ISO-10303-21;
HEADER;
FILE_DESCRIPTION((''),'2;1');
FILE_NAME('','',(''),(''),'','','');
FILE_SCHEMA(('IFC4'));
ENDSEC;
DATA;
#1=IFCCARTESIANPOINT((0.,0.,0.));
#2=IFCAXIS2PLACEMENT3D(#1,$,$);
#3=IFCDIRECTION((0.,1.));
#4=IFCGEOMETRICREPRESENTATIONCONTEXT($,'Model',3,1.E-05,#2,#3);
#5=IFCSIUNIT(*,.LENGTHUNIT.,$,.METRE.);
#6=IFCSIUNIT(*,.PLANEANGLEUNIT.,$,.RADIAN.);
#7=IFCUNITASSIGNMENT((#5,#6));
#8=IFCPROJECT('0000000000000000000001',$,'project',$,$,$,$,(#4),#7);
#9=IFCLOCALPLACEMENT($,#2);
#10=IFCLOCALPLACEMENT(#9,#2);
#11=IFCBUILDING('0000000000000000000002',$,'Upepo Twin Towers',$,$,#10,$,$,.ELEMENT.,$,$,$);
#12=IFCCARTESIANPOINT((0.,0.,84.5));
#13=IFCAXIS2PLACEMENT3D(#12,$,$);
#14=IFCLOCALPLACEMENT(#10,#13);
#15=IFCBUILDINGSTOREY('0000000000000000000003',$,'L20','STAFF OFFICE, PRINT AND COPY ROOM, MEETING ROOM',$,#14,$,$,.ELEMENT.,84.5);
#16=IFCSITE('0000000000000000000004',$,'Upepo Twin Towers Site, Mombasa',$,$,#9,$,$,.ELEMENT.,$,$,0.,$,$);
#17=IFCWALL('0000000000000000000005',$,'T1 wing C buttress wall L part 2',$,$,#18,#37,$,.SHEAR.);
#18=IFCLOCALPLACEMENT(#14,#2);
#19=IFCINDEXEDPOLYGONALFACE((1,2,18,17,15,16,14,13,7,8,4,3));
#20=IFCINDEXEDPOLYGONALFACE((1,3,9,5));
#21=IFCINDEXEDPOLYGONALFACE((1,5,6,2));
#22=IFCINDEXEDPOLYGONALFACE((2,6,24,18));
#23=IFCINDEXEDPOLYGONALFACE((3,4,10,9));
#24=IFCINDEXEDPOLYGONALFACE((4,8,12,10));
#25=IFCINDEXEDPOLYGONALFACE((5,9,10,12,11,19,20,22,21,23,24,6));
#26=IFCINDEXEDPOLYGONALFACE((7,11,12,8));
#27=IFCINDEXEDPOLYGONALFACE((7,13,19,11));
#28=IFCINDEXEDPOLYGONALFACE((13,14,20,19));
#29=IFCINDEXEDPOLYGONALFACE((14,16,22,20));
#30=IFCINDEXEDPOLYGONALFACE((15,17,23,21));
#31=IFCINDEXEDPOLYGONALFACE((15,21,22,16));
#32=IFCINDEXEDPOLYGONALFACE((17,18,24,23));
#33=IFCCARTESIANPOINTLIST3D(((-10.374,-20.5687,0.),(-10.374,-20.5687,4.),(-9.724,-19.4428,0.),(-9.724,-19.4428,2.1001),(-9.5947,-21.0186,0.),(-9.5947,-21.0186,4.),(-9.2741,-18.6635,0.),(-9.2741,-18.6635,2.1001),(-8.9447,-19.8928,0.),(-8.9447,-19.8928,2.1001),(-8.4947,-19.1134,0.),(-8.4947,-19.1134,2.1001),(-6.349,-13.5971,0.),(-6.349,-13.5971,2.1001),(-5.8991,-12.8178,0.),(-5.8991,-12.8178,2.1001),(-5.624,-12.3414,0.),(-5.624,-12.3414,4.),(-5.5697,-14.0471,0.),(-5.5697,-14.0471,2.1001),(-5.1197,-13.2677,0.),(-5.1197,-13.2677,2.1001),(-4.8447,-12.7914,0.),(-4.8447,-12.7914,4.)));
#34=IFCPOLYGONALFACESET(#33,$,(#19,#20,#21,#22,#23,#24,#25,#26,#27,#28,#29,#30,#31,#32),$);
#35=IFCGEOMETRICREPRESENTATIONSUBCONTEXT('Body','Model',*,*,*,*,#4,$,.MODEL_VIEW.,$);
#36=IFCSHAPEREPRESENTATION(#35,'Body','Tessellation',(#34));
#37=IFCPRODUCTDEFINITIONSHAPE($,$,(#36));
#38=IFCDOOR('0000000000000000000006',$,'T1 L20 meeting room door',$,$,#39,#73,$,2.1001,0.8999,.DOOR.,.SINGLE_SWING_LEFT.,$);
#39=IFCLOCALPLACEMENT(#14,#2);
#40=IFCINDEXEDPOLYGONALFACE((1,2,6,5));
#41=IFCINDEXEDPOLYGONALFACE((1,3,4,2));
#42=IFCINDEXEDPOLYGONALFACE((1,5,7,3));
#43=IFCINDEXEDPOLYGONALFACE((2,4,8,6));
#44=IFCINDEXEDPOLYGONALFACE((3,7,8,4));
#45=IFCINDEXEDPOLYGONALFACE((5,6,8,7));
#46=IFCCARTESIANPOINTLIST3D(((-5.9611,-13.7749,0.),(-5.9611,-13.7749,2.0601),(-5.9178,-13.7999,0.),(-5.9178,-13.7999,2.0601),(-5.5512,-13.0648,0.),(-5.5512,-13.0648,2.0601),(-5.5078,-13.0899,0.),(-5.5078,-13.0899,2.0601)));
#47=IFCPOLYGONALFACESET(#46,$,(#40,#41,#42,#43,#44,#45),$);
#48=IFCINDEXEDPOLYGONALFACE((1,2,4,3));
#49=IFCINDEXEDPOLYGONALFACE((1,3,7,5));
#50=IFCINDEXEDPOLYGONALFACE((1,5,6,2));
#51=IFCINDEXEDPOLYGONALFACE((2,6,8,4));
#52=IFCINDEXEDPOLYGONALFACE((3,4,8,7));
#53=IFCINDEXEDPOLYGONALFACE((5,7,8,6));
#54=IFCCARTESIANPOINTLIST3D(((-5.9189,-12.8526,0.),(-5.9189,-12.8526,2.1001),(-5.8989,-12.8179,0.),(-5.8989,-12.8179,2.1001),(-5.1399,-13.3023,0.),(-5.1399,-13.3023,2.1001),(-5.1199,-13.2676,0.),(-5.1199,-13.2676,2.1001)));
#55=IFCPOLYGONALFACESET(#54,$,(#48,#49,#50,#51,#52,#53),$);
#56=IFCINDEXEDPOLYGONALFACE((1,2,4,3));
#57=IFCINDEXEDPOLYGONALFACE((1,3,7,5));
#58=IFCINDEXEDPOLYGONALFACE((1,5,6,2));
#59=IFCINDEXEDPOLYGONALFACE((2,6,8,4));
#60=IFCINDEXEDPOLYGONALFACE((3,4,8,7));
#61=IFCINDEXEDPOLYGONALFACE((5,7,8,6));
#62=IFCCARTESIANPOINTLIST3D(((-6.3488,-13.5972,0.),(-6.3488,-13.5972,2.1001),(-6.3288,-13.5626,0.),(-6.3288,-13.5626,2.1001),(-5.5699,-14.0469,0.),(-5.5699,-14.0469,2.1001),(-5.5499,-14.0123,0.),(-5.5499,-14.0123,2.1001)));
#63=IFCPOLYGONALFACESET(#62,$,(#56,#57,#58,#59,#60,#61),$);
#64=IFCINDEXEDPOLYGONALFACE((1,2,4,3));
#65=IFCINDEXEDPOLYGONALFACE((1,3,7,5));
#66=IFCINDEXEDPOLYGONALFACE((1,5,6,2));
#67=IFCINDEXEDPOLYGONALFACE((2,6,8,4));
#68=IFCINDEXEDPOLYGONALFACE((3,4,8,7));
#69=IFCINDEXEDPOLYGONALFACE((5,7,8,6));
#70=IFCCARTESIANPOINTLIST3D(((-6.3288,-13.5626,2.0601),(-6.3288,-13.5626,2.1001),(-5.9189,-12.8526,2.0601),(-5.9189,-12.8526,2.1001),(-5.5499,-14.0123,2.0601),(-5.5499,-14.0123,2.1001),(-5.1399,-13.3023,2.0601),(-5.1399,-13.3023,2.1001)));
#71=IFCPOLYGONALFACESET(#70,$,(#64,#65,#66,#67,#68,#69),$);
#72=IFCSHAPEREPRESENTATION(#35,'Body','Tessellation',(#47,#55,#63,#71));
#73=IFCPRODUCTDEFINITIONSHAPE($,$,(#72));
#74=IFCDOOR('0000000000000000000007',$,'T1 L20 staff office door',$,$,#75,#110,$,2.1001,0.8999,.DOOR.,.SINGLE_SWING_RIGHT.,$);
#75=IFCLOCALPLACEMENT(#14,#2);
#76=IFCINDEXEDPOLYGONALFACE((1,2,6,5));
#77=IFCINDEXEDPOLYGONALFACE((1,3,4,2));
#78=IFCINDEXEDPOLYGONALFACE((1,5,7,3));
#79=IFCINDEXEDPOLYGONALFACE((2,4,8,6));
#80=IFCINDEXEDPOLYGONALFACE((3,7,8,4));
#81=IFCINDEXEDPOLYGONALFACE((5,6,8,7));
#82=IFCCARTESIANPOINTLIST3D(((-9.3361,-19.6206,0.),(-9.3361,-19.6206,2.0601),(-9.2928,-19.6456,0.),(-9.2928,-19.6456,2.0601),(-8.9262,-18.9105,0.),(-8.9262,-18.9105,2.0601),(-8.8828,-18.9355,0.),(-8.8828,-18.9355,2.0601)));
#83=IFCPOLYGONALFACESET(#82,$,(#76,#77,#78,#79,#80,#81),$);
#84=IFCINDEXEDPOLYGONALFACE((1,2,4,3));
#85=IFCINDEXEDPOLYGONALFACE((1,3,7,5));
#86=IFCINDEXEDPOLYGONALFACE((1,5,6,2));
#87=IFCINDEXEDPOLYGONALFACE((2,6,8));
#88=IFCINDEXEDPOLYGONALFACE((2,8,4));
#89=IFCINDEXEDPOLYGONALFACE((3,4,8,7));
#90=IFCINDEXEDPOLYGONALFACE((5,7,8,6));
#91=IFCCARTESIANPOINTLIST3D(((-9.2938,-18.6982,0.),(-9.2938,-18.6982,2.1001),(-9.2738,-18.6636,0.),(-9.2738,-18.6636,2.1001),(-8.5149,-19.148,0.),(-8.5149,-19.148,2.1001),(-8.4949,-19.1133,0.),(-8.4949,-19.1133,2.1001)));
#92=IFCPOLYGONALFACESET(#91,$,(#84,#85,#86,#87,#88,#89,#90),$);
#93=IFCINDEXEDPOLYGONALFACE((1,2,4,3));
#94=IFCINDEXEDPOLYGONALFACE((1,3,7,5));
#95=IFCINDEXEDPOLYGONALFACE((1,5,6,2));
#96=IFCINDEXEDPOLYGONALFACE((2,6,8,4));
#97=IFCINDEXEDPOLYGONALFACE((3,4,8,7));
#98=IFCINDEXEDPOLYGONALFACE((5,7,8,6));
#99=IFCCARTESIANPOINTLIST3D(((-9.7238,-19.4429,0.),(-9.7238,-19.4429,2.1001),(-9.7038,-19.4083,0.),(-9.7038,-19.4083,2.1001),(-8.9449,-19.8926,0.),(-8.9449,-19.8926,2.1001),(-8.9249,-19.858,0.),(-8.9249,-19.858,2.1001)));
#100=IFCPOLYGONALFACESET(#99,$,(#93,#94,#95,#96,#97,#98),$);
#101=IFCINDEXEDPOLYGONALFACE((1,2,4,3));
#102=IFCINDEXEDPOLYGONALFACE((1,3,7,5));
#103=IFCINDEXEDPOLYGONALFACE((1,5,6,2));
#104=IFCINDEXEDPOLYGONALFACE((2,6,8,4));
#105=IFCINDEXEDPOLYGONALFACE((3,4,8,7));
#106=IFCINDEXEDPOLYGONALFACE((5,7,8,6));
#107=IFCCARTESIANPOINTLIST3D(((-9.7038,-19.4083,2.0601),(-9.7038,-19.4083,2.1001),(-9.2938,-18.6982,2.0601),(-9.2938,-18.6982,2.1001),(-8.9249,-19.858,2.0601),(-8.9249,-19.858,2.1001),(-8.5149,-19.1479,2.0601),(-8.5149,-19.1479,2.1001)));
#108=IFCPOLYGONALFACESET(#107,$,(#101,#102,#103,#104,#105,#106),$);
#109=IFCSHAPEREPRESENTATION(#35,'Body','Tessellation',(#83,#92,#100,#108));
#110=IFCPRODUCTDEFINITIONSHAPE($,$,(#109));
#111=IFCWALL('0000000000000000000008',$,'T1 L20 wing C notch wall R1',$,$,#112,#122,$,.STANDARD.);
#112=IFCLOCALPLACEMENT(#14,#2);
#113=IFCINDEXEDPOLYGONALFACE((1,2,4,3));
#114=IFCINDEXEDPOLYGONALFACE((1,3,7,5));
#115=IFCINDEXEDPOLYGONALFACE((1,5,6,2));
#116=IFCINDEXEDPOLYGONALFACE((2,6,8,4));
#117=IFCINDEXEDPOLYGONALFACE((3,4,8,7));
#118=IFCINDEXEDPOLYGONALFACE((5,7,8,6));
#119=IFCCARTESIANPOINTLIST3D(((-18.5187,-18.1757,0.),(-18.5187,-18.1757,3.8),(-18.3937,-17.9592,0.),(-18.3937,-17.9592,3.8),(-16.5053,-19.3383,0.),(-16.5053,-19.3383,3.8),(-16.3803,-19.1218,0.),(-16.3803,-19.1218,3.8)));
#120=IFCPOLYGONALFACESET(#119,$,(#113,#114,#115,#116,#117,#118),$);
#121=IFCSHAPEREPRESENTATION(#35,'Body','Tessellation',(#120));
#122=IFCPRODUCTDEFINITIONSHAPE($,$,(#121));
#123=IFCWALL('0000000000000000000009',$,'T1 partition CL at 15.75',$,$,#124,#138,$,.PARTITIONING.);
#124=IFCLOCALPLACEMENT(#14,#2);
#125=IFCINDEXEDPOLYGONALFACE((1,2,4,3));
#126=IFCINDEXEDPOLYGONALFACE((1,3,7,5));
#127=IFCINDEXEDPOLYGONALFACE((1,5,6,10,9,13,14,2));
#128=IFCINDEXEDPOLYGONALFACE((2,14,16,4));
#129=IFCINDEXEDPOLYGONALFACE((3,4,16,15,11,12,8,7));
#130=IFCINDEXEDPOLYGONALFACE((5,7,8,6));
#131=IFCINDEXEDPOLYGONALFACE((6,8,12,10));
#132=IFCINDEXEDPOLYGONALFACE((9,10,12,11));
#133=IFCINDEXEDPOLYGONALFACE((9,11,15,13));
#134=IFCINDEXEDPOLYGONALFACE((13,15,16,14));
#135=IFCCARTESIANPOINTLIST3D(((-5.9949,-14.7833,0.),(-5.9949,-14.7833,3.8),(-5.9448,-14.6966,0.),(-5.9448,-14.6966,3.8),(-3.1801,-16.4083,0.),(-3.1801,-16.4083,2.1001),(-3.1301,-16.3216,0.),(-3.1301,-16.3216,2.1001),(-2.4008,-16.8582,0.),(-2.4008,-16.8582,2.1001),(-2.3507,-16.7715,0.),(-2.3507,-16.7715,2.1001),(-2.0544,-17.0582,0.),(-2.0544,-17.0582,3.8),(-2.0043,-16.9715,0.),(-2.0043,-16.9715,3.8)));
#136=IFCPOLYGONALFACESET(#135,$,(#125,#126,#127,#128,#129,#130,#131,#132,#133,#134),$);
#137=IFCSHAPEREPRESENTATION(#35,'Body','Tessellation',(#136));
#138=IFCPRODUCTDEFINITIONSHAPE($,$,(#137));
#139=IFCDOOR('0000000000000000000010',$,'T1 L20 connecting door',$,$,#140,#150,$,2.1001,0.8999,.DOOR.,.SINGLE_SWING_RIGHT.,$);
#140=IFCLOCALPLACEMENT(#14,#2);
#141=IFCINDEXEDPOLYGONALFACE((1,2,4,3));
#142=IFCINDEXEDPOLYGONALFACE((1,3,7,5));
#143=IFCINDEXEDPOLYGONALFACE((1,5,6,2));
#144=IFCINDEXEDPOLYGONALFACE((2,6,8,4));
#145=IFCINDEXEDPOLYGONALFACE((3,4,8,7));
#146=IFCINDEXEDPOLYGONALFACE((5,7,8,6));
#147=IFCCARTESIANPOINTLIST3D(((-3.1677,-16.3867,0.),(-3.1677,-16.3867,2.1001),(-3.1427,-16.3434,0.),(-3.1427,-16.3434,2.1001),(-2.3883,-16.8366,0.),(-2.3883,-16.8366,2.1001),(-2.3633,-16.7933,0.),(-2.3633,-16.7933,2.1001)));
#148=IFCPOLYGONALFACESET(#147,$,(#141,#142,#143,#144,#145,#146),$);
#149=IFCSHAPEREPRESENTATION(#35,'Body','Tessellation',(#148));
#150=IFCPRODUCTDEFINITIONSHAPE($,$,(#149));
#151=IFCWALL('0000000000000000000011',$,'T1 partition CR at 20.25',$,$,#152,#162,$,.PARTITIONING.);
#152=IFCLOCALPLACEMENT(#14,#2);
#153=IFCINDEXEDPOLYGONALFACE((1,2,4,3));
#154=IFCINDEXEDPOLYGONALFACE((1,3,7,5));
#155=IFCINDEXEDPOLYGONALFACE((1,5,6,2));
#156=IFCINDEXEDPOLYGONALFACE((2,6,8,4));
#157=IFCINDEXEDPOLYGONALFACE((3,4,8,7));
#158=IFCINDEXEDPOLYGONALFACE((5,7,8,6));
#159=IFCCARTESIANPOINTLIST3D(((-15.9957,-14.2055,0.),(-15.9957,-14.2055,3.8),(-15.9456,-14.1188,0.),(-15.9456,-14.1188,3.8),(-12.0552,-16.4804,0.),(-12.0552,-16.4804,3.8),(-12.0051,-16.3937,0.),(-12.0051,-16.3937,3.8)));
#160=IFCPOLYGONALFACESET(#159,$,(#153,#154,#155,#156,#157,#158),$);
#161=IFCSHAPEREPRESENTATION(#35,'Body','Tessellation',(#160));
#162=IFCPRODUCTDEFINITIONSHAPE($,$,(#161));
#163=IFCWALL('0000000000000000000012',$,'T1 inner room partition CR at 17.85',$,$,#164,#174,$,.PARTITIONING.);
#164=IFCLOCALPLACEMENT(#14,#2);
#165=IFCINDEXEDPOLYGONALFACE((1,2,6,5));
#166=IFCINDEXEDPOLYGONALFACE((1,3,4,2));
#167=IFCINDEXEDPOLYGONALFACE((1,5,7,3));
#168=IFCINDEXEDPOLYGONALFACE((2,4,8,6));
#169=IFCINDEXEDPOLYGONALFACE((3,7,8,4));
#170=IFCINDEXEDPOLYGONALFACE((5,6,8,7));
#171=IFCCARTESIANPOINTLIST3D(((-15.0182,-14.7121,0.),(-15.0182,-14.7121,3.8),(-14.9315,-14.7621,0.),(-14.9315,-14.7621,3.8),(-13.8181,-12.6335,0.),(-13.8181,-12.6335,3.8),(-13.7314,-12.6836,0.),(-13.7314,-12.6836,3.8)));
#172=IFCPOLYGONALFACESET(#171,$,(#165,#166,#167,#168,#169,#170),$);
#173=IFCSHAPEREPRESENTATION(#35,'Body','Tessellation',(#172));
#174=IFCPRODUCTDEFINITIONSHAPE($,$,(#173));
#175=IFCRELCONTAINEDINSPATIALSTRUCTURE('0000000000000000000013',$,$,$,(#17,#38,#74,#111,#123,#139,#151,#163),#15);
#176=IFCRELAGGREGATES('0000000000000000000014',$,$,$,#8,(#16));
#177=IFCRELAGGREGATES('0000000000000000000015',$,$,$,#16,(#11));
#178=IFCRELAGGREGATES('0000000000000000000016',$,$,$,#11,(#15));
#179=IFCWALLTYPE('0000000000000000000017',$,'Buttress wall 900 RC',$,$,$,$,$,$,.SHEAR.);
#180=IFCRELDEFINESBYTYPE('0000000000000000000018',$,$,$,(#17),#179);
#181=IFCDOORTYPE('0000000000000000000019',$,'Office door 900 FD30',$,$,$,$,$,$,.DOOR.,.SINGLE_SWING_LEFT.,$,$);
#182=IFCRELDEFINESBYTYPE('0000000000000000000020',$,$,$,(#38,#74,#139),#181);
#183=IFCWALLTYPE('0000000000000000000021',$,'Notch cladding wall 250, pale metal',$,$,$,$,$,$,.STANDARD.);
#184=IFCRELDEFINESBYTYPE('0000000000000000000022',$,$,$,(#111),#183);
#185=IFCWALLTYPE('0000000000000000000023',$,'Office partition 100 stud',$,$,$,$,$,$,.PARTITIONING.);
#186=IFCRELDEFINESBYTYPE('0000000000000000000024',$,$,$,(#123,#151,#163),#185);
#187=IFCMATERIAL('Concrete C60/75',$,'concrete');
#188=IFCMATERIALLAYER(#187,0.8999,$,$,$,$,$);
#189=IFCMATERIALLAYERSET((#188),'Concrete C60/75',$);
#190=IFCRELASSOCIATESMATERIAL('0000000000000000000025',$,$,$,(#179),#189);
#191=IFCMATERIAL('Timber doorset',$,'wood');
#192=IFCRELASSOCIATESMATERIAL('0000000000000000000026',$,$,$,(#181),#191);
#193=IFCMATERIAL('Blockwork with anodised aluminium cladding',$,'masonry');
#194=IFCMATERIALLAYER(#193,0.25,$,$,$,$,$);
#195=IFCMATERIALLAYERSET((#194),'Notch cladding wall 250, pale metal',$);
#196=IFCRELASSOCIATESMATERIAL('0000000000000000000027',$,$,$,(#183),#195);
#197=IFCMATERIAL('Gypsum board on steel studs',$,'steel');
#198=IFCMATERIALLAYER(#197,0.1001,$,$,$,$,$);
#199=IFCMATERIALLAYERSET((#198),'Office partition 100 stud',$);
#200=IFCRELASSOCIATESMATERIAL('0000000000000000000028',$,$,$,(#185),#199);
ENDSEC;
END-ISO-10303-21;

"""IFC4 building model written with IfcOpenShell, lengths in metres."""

from ifc_helpers import new_model, si_unit, direction, frame, frame_2d, origin, place, context, subcontext, project, spatial, rectangle, extrude, material, layer, layer_set, type_object, element, fill, save


model = new_model("IFC4")

# Units and contexts
model_context = context("Model", 3, precision=1e-05, world=origin(), true_north=direction((0.0, 1.0)))
body_context = subcontext(model_context, "Body", "Model", "MODEL_VIEW")
ifc_project = project(units=[si_unit("LENGTHUNIT", "METRE"), si_unit("PLANEANGLEUNIT", "RADIAN")], contexts=[model_context])

# Site, building, storey
site_placement = place(None, origin())
site = spatial("IfcSite", under=ifc_project, at=site_placement, Name="Upepo Twin Towers Site, Mombasa", CompositionType="ELEMENT", RefElevation=0.0)
building_placement = place(site_placement, origin())
building = spatial("IfcBuilding", under=site, at=building_placement, Name="Upepo Twin Towers", CompositionType="ELEMENT")
storey_placement = place(building_placement, frame((0.0, 0.0, 84.5)))
storey = spatial("IfcBuildingStorey", under=building, at=storey_placement, Name="L20", Description="STAFF OFFICE, PRINT AND COPY ROOM, MEETING ROOM", CompositionType="ELEMENT", Elevation=84.5)

# Wall, openings, doors
ifc_material_1 = material(Name="Concrete C60/75", Category="concrete")
ifc_layer_1 = layer(ifc_material_1, 0.8999)
ifc_layer_set_1 = layer_set([ifc_layer_1], Name="Concrete C60/75")
wall_type_1 = type_object("IfcWallType", Name="Buttress wall 900 RC", PredefinedType="SHEAR", material=ifc_layer_set_1)
wall_1_placement = place(storey_placement, frame((-5.2344, -12.5664, 0.0), z_axis=(0.0, 0.0, 1.0), x_axis=(-0.499998, -0.866027, 0.0)))
wall_1 = element("IfcWall", 1, at=wall_1_placement, inside=storey, type_object=wall_type_1, Name="T1 wing C buttress wall L part 2", PredefinedType="SHEAR", context=body_context, shape_type="SweptSolid", body=[
    extrude(rectangle(XDim=9.5, YDim=0.8999, at=frame_2d((4.75, 0.0))), origin(), (0.0, 0.0, 1.0), 4.0),
])
opening_1_placement = place(wall_1_placement, frame((0.55, 0.0, 0.0)))
opening_1 = element("IfcOpeningElement", 2, at=opening_1_placement, cuts=wall_1, PredefinedType="OPENING", context=body_context, shape_type="SweptSolid", body=[
    extrude(rectangle(XDim=0.8999, YDim=2.1001, at=frame_2d((0.45, 1.05))), frame((0.0, 0.46, 0.0), z_axis=(0.0, -1.0, 0.0), x_axis=(1.0, 0.0, 0.0)), (0.0, 0.0, 1.0), 0.9199),
])
opening_2_placement = place(wall_1_placement, frame((7.3, 0.0, 0.0)))
opening_2 = element("IfcOpeningElement", 3, at=opening_2_placement, cuts=wall_1, PredefinedType="OPENING", context=body_context, shape_type="SweptSolid", body=[
    extrude(rectangle(XDim=0.8999, YDim=2.1001, at=frame_2d((0.45, 1.05))), frame((0.0, 0.46, 0.0), z_axis=(0.0, -1.0, 0.0), x_axis=(1.0, 0.0, 0.0)), (0.0, 0.0, 1.0), 0.9199),
])
ifc_material_2 = material(Name="Timber doorset", Category="wood")
door_type = type_object("IfcDoorType", Name="Office door 900 FD30", OperationType="SINGLE_SWING_LEFT", PredefinedType="DOOR", material=ifc_material_2)
door_1_placement = place(opening_1_placement, origin())
door_1 = element("IfcDoor", 4, at=door_1_placement, inside=storey, type_object=door_type, Name="T1 L20 meeting room door", OperationType="SINGLE_SWING_LEFT", OverallHeight=2.1001, OverallWidth=0.8999, PredefinedType="DOOR", context=body_context, shape_type="SweptSolid", body=[
    extrude(rectangle(XDim=0.8199, YDim=2.0601, at=frame_2d((0.45, 1.03))), frame((0.0, 0.0249, 0.0), z_axis=(0.0, -1.0, 0.0), x_axis=(1.0, 0.0, 0.0)), (0.0, 0.0, 1.0), 0.05),
    extrude(rectangle(XDim=0.04, YDim=2.1001, at=frame_2d((0.02, 1.05))), frame((0.0, 0.4497, 0.0), z_axis=(0.0, -1.0, 0.0), x_axis=(1.0, 0.0, 0.0)), (0.0, 0.0, 1.0), 0.8994),
    extrude(rectangle(XDim=0.04, YDim=2.1001, at=frame_2d((0.8799, 1.05))), frame((0.0, 0.4497, 0.0), z_axis=(0.0, -1.0, 0.0), x_axis=(1.0, 0.0, 0.0)), (0.0, 0.0, 1.0), 0.8994),
    extrude(rectangle(XDim=0.8199, YDim=0.04, at=frame_2d((0.45, 2.0801))), frame((0.0, 0.4497, 0.0), z_axis=(0.0, -1.0, 0.0), x_axis=(1.0, 0.0, 0.0)), (0.0, 0.0, 1.0), 0.8994),
])
fill(opening_1, door_1)
door_2_placement = place(opening_2_placement, origin())
door_2 = element("IfcDoor", 5, at=door_2_placement, inside=storey, type_object=door_type, Name="T1 L20 staff office door", OperationType="SINGLE_SWING_RIGHT", OverallHeight=2.1001, OverallWidth=0.8999, PredefinedType="DOOR", context=body_context, shape_type="SweptSolid", body=[
    extrude(rectangle(XDim=0.8199, YDim=2.0601, at=frame_2d((0.45, 1.03))), frame((0.0, 0.0249, 0.0), z_axis=(0.0, -1.0, 0.0), x_axis=(1.0, 0.0, 0.0)), (0.0, 0.0, 1.0), 0.05),
    extrude(rectangle(XDim=0.04, YDim=2.1001, at=frame_2d((0.02, 1.05))), frame((0.0, 0.4497, 0.0), z_axis=(0.0, -1.0, 0.0), x_axis=(1.0, 0.0, 0.0)), (0.0, 0.0, 1.0), 0.8994),
    extrude(rectangle(XDim=0.04, YDim=2.1001, at=frame_2d((0.8799, 1.05))), frame((0.0, 0.4497, 0.0), z_axis=(0.0, -1.0, 0.0), x_axis=(1.0, 0.0, 0.0)), (0.0, 0.0, 1.0), 0.8994),
    extrude(rectangle(XDim=0.8199, YDim=0.04, at=frame_2d((0.45, 2.0801))), frame((0.0, 0.4497, 0.0), z_axis=(0.0, -1.0, 0.0), x_axis=(1.0, 0.0, 0.0)), (0.0, 0.0, 1.0), 0.8994),
])
fill(opening_2, door_2)

# Wall
ifc_material_3 = material(Name="Blockwork with anodised aluminium cladding", Category="masonry")
ifc_layer_2 = layer(ifc_material_3, 0.25)
ifc_layer_set_2 = layer_set([ifc_layer_2], Name="Notch cladding wall 250, pale metal")
wall_type_2 = type_object("IfcWallType", Name="Notch cladding wall 250, pale metal", PredefinedType="STANDARD", material=ifc_layer_set_2)
wall_2_placement = place(storey_placement, frame((-18.4563, -18.0674, 0.0), z_axis=(0.0, 0.0, 1.0), x_axis=(0.865998, -0.500047, 0.0)))
element("IfcWall", 6, at=wall_2_placement, inside=storey, type_object=wall_type_2, Name="T1 L20 wing C notch wall R1", PredefinedType="STANDARD", context=body_context, shape_type="SweptSolid", body=[
    extrude(rectangle(XDim=2.325, YDim=0.25, at=frame_2d((1.1626, 0.0))), origin(), (0.0, 0.0, 1.0), 3.8),
])

# Wall, opening, door
ifc_material_4 = material(Name="Gypsum board on steel studs", Category="steel")
ifc_layer_3 = layer(ifc_material_4, 0.1001)
ifc_layer_set_3 = layer_set([ifc_layer_3], Name="Office partition 100 stud")
wall_type_3 = type_object("IfcWallType", Name="Office partition 100 stud", PredefinedType="PARTITIONING", material=ifc_layer_set_3)
wall_3_placement = place(storey_placement, frame((-5.9697, -14.74, 0.0), z_axis=(0.0, 0.0, 1.0), x_axis=(0.866035, -0.499983, 0.0)))
wall_3 = element("IfcWall", 7, at=wall_3_placement, inside=storey, type_object=wall_type_3, Name="T1 partition CL at 15.75", PredefinedType="PARTITIONING", context=body_context, shape_type="SweptSolid", body=[
    extrude(rectangle(XDim=4.55, YDim=0.1001, at=frame_2d((2.2749, 0.0))), origin(), (0.0, 0.0, 1.0), 3.8),
])
opening_3_placement = place(wall_3_placement, frame((3.25, 0.0, 0.0)))
opening_3 = element("IfcOpeningElement", 8, at=opening_3_placement, cuts=wall_3, PredefinedType="OPENING", context=body_context, shape_type="SweptSolid", body=[
    extrude(rectangle(XDim=0.8999, YDim=2.1001, at=frame_2d((0.45, 1.05))), frame((0.0, 0.0601, 0.0), z_axis=(0.0, -1.0, 0.0), x_axis=(1.0, 0.0, 0.0)), (0.0, 0.0, 1.0), 0.1201),
])
door_3_placement = place(opening_3_placement, origin())
door_3 = element("IfcDoor", 9, at=door_3_placement, inside=storey, type_object=door_type, Name="T1 L20 connecting door", OperationType="SINGLE_SWING_RIGHT", OverallHeight=2.1001, OverallWidth=0.8999, PredefinedType="DOOR", context=body_context, shape_type="SweptSolid", body=[
    extrude(rectangle(XDim=0.8999, YDim=2.1001, at=frame_2d((0.45, 1.05))), frame((0.0, 0.0249, 0.0), z_axis=(0.0, -1.0, 0.0), x_axis=(1.0, 0.0, 0.0)), (0.0, 0.0, 1.0), 0.05),
])
fill(opening_3, door_3)

# Walls
wall_4_placement = place(storey_placement, frame((-12.0303, -16.437, 0.0), z_axis=(0.0, 0.0, 1.0), x_axis=(-0.866035, 0.499983, 0.0)))
element("IfcWall", 10, at=wall_4_placement, inside=storey, type_object=wall_type_3, Name="T1 partition CR at 20.25", PredefinedType="PARTITIONING", context=body_context, shape_type="SweptSolid", body=[
    extrude(rectangle(XDim=4.55, YDim=0.1001, at=frame_2d((2.2749, 0.0))), origin(), (0.0, 0.0, 1.0), 3.8),
])
wall_5_placement = place(storey_placement, frame((-13.7747, -12.6584, 0.0), z_axis=(0.0, 0.0, 1.0), x_axis=(-0.500034, -0.866006, 0.0)))
element("IfcWall", 11, at=wall_5_placement, inside=storey, type_object=wall_type_3, Name="T1 inner room partition CR at 17.85", PredefinedType="PARTITIONING", context=body_context, shape_type="SweptSolid", body=[
    extrude(rectangle(XDim=2.4001, YDim=0.1001, at=frame_2d((1.2002, 0.0))), origin(), (0.0, 0.0, 1.0), 3.8),
])

save(model, "model.ifc")
